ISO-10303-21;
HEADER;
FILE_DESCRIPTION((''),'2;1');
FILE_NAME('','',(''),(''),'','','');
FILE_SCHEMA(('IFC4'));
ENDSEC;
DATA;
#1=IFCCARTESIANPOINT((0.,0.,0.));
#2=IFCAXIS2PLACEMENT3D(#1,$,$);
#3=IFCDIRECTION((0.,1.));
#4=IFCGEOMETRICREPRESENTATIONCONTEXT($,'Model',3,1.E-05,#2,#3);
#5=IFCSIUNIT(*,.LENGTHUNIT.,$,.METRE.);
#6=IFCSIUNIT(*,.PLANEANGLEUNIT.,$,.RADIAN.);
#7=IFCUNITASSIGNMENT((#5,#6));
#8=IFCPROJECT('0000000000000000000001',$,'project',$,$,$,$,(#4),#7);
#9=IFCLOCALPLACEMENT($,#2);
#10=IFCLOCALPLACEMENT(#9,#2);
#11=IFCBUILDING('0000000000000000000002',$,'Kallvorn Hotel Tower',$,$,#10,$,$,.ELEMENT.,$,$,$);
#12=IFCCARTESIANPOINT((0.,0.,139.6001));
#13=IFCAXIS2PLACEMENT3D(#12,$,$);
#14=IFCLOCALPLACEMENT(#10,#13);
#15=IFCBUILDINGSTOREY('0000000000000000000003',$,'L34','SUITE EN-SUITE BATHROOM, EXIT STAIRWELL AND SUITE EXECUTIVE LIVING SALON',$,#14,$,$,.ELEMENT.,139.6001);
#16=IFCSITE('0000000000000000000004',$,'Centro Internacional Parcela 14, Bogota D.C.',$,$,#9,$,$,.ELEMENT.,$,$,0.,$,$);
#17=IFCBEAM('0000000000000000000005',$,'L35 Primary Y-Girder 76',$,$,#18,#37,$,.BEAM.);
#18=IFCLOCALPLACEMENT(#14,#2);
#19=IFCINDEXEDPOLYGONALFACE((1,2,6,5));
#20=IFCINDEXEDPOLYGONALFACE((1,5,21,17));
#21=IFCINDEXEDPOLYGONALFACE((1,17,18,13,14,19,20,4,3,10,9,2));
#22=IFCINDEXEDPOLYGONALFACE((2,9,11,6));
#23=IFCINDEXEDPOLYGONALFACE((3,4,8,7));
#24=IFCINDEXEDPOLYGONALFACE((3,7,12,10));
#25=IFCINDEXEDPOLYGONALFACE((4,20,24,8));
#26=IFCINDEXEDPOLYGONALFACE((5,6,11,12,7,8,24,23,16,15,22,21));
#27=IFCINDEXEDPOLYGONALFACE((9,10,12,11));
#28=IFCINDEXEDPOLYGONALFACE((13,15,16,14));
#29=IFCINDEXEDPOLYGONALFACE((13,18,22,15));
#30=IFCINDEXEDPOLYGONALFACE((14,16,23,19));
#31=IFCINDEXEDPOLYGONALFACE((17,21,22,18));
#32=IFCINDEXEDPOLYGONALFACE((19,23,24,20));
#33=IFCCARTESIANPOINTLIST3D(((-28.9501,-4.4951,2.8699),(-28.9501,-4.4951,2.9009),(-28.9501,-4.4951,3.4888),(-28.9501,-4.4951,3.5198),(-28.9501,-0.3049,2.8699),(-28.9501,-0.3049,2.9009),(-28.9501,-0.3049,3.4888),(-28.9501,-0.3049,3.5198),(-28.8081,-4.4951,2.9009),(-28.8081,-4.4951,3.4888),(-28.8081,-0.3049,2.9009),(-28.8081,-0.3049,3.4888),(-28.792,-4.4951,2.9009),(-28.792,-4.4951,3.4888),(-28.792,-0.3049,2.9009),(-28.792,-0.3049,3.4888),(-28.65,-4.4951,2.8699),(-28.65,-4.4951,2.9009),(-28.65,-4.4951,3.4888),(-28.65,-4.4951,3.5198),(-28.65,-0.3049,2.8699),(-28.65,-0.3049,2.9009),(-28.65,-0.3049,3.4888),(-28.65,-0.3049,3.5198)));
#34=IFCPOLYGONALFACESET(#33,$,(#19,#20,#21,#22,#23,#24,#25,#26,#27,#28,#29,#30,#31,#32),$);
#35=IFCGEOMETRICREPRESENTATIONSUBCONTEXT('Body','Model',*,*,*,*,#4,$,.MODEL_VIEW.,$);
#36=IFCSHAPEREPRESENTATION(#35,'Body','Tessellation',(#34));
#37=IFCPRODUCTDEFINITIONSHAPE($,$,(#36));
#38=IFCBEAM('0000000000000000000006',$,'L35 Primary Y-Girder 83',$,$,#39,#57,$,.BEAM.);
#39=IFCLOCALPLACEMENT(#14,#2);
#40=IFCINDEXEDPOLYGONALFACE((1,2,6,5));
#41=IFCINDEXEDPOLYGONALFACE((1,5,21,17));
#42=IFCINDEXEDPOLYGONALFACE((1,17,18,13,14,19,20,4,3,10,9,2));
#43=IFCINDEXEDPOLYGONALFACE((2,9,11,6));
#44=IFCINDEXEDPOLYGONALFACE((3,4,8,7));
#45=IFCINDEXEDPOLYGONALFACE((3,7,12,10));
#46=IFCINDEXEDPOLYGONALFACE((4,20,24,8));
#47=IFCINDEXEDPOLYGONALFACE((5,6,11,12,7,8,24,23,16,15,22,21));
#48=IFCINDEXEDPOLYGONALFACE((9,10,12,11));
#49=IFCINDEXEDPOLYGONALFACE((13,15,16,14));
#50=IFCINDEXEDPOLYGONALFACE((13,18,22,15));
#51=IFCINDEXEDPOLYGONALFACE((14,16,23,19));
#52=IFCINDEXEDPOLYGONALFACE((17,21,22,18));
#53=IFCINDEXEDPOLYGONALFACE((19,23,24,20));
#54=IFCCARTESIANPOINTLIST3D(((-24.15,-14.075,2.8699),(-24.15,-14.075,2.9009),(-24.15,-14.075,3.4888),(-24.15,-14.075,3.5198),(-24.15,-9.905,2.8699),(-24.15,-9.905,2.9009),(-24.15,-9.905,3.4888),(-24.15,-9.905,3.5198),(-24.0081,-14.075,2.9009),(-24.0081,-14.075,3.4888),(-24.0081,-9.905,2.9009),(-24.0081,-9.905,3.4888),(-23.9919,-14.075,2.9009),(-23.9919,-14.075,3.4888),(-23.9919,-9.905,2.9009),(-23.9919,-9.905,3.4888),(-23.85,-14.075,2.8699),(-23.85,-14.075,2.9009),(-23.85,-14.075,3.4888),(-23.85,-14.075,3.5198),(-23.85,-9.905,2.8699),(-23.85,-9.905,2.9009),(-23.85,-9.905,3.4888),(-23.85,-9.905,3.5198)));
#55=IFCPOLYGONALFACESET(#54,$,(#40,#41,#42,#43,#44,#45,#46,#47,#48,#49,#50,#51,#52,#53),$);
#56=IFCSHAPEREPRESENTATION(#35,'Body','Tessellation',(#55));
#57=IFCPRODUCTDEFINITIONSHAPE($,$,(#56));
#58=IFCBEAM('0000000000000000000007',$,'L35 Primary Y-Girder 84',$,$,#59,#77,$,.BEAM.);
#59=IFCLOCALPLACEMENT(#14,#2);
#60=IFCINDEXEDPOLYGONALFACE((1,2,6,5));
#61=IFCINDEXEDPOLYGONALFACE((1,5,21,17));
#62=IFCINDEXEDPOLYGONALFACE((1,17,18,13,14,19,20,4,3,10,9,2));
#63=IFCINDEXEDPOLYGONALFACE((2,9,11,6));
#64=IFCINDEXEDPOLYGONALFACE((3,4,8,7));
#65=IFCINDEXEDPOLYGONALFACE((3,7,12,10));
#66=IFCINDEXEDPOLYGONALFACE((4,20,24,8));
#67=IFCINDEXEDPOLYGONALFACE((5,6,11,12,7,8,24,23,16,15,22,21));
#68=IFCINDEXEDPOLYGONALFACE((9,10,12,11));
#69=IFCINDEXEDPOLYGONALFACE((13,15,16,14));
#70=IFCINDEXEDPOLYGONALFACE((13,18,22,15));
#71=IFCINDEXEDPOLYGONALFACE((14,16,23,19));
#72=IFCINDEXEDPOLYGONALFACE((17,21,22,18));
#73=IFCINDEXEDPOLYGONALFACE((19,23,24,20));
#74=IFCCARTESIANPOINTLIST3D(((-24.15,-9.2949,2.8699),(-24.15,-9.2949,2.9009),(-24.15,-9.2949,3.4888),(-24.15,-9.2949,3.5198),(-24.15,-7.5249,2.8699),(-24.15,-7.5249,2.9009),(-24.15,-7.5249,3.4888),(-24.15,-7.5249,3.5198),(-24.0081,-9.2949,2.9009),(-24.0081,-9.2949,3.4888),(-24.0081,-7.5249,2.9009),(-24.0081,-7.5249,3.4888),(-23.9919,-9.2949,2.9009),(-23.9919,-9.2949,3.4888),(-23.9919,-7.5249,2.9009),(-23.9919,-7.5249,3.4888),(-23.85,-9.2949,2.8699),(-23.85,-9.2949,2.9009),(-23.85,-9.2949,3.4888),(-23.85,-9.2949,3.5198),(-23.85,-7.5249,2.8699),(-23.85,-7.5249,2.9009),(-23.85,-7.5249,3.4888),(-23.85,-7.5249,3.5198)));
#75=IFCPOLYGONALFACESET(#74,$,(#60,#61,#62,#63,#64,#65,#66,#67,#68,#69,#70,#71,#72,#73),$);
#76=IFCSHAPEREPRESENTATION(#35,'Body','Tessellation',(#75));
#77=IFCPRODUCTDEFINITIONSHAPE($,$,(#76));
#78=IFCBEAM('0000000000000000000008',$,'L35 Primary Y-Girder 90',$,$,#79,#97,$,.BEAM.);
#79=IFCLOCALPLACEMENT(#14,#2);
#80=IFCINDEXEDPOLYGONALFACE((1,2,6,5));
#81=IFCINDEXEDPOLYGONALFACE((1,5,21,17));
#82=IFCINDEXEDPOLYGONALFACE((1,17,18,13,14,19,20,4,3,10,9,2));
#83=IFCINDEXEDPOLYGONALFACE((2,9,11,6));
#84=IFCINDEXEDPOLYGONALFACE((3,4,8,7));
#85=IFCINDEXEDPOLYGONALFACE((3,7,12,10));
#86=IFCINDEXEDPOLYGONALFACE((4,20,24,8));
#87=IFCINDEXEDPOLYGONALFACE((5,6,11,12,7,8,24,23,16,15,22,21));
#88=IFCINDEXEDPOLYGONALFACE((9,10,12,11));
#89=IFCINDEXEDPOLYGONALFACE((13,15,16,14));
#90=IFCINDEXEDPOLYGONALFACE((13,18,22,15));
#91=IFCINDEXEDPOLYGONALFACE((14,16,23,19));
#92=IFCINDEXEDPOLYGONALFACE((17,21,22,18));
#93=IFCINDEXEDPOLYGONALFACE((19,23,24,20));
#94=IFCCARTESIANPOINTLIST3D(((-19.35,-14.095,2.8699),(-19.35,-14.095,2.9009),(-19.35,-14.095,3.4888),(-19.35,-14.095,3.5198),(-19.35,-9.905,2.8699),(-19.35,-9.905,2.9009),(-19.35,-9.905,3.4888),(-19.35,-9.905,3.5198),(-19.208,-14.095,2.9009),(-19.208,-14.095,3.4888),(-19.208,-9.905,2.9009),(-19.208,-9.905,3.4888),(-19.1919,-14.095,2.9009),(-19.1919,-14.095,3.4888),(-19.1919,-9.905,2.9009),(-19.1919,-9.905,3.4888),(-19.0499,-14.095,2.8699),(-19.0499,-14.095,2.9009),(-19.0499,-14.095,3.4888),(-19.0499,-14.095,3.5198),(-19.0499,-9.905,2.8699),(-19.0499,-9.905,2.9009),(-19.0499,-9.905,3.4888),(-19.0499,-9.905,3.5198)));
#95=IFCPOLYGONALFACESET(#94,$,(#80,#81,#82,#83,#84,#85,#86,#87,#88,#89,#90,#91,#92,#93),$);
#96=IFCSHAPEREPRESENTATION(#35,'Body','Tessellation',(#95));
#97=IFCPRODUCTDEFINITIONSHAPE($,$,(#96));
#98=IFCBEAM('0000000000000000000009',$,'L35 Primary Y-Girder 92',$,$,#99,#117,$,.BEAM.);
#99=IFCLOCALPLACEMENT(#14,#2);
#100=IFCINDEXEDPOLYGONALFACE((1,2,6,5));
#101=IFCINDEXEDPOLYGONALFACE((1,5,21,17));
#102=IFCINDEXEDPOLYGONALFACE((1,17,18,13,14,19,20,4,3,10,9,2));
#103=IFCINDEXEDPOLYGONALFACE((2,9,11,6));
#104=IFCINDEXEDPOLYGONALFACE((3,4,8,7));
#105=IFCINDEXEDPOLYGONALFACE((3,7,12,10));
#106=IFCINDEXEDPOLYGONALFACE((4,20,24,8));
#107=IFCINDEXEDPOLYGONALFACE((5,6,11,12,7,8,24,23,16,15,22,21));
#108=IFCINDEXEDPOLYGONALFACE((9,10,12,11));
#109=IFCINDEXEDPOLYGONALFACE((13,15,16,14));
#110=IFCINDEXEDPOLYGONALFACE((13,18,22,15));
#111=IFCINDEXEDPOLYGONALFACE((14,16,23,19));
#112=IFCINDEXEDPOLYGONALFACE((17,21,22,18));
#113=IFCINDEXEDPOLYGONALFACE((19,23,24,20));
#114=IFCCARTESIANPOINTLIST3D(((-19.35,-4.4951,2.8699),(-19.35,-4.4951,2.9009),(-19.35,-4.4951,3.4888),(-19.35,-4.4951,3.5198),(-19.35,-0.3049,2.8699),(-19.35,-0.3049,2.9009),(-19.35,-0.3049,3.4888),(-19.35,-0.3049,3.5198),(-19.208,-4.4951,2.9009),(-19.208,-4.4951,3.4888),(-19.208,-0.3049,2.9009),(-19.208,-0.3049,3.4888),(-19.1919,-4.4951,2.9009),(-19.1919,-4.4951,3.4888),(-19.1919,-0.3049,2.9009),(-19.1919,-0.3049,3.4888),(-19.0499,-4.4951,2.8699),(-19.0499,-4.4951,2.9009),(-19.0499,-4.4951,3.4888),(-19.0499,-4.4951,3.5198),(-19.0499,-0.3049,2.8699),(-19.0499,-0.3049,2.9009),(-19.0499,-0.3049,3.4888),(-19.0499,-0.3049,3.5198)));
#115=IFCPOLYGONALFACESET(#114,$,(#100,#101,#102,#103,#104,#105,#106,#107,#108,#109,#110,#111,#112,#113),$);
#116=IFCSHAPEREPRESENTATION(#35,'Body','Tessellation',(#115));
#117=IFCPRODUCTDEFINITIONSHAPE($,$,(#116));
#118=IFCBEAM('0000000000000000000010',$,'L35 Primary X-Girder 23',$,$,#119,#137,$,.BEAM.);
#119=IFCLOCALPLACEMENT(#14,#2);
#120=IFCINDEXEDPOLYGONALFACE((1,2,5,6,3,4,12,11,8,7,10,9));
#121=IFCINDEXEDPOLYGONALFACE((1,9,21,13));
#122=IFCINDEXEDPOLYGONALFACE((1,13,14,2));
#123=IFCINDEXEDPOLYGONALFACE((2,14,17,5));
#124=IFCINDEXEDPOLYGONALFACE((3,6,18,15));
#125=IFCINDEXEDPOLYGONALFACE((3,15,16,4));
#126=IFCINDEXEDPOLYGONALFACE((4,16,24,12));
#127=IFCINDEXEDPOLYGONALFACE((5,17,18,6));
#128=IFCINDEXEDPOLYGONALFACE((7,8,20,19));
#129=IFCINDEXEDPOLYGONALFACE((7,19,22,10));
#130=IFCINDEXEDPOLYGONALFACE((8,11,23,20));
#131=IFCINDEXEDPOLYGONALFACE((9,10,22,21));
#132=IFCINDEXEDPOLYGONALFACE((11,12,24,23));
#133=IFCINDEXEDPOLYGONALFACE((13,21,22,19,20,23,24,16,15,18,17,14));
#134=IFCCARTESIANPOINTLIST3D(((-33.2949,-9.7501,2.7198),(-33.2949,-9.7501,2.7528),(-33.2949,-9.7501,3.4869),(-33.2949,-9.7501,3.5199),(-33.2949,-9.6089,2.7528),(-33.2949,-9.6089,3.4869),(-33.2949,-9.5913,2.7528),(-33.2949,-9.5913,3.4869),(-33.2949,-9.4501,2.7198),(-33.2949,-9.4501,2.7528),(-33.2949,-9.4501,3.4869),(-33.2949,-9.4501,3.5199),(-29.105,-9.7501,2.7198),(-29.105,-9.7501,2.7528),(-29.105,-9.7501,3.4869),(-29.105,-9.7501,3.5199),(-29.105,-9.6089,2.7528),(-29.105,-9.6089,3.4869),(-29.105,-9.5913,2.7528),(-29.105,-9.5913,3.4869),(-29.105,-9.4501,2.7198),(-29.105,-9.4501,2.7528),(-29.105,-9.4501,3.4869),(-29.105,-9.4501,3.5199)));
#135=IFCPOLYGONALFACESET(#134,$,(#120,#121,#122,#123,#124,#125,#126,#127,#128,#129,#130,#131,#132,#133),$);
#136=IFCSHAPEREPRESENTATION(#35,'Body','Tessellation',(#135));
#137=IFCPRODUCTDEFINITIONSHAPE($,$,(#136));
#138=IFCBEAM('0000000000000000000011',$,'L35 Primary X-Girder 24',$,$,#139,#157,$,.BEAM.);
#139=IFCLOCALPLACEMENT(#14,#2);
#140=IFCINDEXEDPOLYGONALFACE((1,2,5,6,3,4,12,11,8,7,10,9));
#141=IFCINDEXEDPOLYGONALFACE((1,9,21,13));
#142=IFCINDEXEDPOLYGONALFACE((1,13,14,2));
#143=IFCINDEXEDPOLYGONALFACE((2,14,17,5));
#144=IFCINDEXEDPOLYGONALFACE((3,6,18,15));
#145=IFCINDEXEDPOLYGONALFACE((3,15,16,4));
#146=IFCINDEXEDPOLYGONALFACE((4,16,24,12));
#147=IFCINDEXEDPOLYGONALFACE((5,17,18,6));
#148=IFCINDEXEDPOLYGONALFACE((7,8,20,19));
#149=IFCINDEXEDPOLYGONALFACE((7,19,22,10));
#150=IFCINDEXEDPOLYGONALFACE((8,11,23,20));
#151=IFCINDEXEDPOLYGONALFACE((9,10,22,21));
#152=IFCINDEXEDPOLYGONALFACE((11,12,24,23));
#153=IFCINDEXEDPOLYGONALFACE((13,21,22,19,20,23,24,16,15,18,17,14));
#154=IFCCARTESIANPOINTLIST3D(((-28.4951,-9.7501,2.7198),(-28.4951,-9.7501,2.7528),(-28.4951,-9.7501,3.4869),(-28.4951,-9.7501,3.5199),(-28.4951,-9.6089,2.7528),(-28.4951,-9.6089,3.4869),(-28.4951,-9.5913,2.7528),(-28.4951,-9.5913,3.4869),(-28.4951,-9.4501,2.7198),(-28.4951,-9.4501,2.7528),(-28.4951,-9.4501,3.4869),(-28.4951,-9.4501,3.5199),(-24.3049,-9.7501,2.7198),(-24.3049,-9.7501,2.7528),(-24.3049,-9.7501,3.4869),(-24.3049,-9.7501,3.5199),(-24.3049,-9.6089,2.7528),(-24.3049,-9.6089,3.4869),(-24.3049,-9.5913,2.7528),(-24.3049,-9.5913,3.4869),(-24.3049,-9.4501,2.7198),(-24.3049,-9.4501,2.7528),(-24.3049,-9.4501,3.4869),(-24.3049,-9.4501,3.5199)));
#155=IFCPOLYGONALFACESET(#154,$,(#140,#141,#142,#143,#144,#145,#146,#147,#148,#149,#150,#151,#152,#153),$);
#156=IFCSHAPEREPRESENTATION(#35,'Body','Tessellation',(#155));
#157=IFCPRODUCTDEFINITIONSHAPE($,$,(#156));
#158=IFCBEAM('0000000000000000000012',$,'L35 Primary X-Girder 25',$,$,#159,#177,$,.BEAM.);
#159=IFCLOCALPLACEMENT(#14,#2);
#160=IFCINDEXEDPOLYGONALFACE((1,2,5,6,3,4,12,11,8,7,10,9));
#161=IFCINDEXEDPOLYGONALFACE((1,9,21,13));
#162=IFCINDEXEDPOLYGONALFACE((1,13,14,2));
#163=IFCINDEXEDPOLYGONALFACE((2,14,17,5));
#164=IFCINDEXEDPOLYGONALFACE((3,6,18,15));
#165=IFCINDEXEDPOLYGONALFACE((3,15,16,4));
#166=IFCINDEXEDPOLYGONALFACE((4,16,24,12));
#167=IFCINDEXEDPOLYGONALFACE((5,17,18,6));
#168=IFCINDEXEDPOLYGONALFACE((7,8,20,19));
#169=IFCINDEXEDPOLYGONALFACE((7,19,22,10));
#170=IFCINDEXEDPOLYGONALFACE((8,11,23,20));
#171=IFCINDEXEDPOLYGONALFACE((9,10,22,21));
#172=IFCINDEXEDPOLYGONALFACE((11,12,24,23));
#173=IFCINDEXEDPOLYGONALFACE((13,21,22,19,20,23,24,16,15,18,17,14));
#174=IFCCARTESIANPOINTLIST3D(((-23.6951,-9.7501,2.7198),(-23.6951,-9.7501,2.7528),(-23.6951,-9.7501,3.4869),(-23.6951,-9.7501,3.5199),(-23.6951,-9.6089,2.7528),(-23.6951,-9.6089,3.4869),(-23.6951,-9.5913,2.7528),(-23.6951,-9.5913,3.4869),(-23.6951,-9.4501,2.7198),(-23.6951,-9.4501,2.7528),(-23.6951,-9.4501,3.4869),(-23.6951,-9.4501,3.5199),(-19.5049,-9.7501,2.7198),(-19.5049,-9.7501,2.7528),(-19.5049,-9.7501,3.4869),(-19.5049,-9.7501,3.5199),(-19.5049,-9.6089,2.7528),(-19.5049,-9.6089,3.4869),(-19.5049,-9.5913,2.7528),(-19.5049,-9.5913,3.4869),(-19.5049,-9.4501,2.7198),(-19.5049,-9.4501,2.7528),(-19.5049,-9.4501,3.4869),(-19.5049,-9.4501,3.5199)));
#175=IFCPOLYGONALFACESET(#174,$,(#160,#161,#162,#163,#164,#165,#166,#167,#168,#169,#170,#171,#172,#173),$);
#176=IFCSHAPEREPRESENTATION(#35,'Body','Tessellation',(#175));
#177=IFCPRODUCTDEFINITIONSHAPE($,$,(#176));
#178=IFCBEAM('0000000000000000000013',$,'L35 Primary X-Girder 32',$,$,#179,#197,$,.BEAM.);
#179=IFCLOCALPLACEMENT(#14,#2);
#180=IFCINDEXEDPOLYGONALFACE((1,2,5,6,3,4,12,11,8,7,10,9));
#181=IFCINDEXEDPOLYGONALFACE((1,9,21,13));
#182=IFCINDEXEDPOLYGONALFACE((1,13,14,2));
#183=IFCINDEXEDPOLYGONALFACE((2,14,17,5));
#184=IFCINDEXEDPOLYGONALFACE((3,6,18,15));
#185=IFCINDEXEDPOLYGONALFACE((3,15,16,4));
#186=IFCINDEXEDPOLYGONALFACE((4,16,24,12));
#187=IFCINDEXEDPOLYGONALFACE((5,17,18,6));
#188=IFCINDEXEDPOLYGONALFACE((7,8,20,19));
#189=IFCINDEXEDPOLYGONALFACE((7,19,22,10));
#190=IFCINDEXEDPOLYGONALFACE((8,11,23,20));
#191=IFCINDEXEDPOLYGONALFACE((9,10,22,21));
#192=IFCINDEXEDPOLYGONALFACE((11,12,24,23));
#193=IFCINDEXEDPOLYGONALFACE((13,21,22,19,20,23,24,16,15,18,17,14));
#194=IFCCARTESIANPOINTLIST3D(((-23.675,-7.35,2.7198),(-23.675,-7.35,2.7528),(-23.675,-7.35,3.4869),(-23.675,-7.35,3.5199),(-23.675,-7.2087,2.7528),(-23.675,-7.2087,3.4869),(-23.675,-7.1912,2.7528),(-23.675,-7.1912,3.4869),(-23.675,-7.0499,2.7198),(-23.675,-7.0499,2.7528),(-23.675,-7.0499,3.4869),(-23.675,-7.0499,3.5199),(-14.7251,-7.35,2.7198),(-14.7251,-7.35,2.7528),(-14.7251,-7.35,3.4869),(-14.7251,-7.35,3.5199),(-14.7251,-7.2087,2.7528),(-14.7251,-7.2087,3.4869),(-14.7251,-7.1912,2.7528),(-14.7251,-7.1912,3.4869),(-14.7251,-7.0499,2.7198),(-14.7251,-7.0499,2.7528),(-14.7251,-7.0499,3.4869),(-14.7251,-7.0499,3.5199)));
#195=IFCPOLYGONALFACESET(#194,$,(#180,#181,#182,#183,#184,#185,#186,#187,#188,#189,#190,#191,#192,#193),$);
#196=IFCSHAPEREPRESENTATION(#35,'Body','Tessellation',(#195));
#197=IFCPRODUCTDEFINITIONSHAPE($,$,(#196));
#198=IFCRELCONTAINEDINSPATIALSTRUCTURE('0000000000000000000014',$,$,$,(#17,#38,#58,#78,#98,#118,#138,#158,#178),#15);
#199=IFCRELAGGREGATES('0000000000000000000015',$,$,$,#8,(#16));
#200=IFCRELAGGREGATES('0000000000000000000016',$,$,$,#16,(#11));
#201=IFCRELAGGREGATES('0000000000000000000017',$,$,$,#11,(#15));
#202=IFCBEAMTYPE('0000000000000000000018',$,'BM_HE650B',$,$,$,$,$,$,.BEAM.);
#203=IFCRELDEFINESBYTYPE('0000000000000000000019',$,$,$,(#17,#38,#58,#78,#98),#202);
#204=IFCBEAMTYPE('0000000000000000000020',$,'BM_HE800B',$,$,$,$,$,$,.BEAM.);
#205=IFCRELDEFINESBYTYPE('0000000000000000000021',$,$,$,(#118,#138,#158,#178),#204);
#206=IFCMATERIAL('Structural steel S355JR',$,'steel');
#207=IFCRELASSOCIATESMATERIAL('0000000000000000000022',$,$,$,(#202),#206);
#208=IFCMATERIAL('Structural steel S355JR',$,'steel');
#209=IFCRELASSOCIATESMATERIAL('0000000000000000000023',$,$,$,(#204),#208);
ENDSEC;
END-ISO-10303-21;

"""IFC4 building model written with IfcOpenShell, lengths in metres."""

from ifc_helpers import new_model, si_unit, direction, frame, origin, origin_2d, place, context, subcontext, project, spatial, i_section, extrude, material, material_profile, profile_set, type_object, element, save


model = new_model("IFC4")

# Units and contexts
model_context = context("Model", 3, precision=1e-05, world=origin(), true_north=direction((0.0, 1.0)))
body_context = subcontext(model_context, "Body", "Model", "MODEL_VIEW")
ifc_project = project(units=[si_unit("LENGTHUNIT", "METRE"), si_unit("PLANEANGLEUNIT", "RADIAN")], contexts=[model_context])

# Site, building, storey
site_placement = place(None, origin())
site = spatial("IfcSite", under=ifc_project, at=site_placement, Name="Centro Internacional Parcela 14, Bogota D.C.", CompositionType="ELEMENT", RefElevation=0.0)
building_placement = place(site_placement, origin())
building = spatial("IfcBuilding", under=site, at=building_placement, Name="Kallvorn Hotel Tower", CompositionType="ELEMENT")
storey_placement = place(building_placement, frame((0.0, 0.0, 139.6001)))
storey = spatial("IfcBuildingStorey", under=building, at=storey_placement, Name="L34", Description="SUITE EN-SUITE BATHROOM, EXIT STAIRWELL AND SUITE EXECUTIVE LIVING SALON", CompositionType="ELEMENT", Elevation=139.6001)

# Beams
ifc_material_1 = material(Name="Structural steel S355JR", Category="steel")
ifc_material_profile_1 = material_profile(ifc_material_1, i_section(OverallWidth=0.3, OverallDepth=0.6499, WebThickness=0.0161, FlangeThickness=0.031, at=origin_2d()), Name="HE 650 B")
ifc_profile_set_1 = profile_set([ifc_material_profile_1], Name="Structural steel S355JR")
beam_type_1 = type_object("IfcBeamType", Name="BM_HE650B", PredefinedType="BEAM", material=ifc_profile_set_1)
beam_1_placement = place(storey_placement, frame((-28.8, -4.4951, 3.1948), z_axis=(0.0, 1.0, 0.0), x_axis=(-1.0, 0.0, 0.0)))
element("IfcBeam", 1, at=beam_1_placement, inside=storey, type_object=beam_type_1, Name="L35 Primary Y-Girder 76", PredefinedType="BEAM", context=body_context, shape_type="SweptSolid", body=[
    extrude(i_section(OverallWidth=0.3, OverallDepth=0.6499, WebThickness=0.0161, FlangeThickness=0.031, at=origin_2d()), origin(), (0.0, 0.0, 1.0), 4.1902),
])
beam_2_placement = place(storey_placement, frame((-24.0, -14.075, 3.1948), z_axis=(0.0, 1.0, 0.0), x_axis=(-1.0, 0.0, 0.0)))
element("IfcBeam", 2, at=beam_2_placement, inside=storey, type_object=beam_type_1, Name="L35 Primary Y-Girder 83", PredefinedType="BEAM", context=body_context, shape_type="SweptSolid", body=[
    extrude(i_section(OverallWidth=0.3, OverallDepth=0.6499, WebThickness=0.0161, FlangeThickness=0.031, at=origin_2d()), origin(), (0.0, 0.0, 1.0), 4.1699),
])
beam_3_placement = place(storey_placement, frame((-24.0, -9.2949, 3.1948), z_axis=(0.0, 1.0, 0.0), x_axis=(-1.0, 0.0, 0.0)))
element("IfcBeam", 3, at=beam_3_placement, inside=storey, type_object=beam_type_1, Name="L35 Primary Y-Girder 84", PredefinedType="BEAM", context=body_context, shape_type="SweptSolid", body=[
    extrude(i_section(OverallWidth=0.3, OverallDepth=0.6499, WebThickness=0.0161, FlangeThickness=0.031, at=origin_2d()), origin(), (0.0, 0.0, 1.0), 1.77),
])
beam_4_placement = place(storey_placement, frame((-19.2, -14.095, 3.1948), z_axis=(0.0, 1.0, 0.0), x_axis=(-1.0, 0.0, 0.0)))
element("IfcBeam", 4, at=beam_4_placement, inside=storey, type_object=beam_type_1, Name="L35 Primary Y-Girder 90", PredefinedType="BEAM", context=body_context, shape_type="SweptSolid", body=[
    extrude(i_section(OverallWidth=0.3, OverallDepth=0.6499, WebThickness=0.0161, FlangeThickness=0.031, at=origin_2d()), origin(), (0.0, 0.0, 1.0), 4.1899),
])
beam_5_placement = place(storey_placement, frame((-19.2, -4.4951, 3.1948), z_axis=(0.0, 1.0, 0.0), x_axis=(-1.0, 0.0, 0.0)))
element("IfcBeam", 5, at=beam_5_placement, inside=storey, type_object=beam_type_1, Name="L35 Primary Y-Girder 92", PredefinedType="BEAM", context=body_context, shape_type="SweptSolid", body=[
    extrude(i_section(OverallWidth=0.3, OverallDepth=0.6499, WebThickness=0.0161, FlangeThickness=0.031, at=origin_2d()), origin(), (0.0, 0.0, 1.0), 4.1902),
])
ifc_material_2 = material(Name="Structural steel S355JR", Category="steel")
ifc_material_profile_2 = material_profile(ifc_material_2, i_section(OverallWidth=0.3, OverallDepth=0.8, WebThickness=0.0176, FlangeThickness=0.033, at=origin_2d()), Name="HE 800 B")
ifc_profile_set_2 = profile_set([ifc_material_profile_2], Name="Structural steel S355JR")
beam_type_2 = type_object("IfcBeamType", Name="BM_HE800B", PredefinedType="BEAM", material=ifc_profile_set_2)
beam_6_placement = place(storey_placement, frame((-33.2949, -9.6001, 3.1199), z_axis=(1.0, 0.0, 0.0), x_axis=(0.0, 1.0, 0.0)))
element("IfcBeam", 6, at=beam_6_placement, inside=storey, type_object=beam_type_2, Name="L35 Primary X-Girder 23", PredefinedType="BEAM", context=body_context, shape_type="SweptSolid", body=[
    extrude(i_section(OverallWidth=0.3, OverallDepth=0.8, WebThickness=0.0176, FlangeThickness=0.033, at=origin_2d()), origin(), (0.0, 0.0, 1.0), 4.1899),
])
for number, where, z_axis, x_axis, name in (
    (7, (-28.4951, -9.6001, 3.1199), (1.0, 0.0, 0.0), (0.0, 1.0, 0.0), "L35 Primary X-Girder 24"),
    (8, (-23.6951, -9.6001, 3.1199), (1.0, 0.0, 0.0), (0.0, 1.0, 0.0), "L35 Primary X-Girder 25"),
):
    element("IfcBeam", number, at=place(storey_placement, frame(where, z_axis=z_axis, x_axis=x_axis)), inside=storey, type_object=beam_type_2, Name=name, PredefinedType="BEAM", context=body_context, shape_type="SweptSolid", body=[
        extrude(i_section(OverallWidth=0.3, OverallDepth=0.8, WebThickness=0.0176, FlangeThickness=0.033, at=origin_2d()), origin(), (0.0, 0.0, 1.0), 4.1902),
    ])
beam_7_placement = place(storey_placement, frame((-23.675, -7.2, 3.1199), z_axis=(1.0, 0.0, 0.0), x_axis=(0.0, 1.0, 0.0)))
element("IfcBeam", 9, at=beam_7_placement, inside=storey, type_object=beam_type_2, Name="L35 Primary X-Girder 32", PredefinedType="BEAM", context=body_context, shape_type="SweptSolid", body=[
    extrude(i_section(OverallWidth=0.3, OverallDepth=0.8, WebThickness=0.0176, FlangeThickness=0.033, at=origin_2d()), origin(), (0.0, 0.0, 1.0), 8.95),
])

save(model, "model.ifc")
